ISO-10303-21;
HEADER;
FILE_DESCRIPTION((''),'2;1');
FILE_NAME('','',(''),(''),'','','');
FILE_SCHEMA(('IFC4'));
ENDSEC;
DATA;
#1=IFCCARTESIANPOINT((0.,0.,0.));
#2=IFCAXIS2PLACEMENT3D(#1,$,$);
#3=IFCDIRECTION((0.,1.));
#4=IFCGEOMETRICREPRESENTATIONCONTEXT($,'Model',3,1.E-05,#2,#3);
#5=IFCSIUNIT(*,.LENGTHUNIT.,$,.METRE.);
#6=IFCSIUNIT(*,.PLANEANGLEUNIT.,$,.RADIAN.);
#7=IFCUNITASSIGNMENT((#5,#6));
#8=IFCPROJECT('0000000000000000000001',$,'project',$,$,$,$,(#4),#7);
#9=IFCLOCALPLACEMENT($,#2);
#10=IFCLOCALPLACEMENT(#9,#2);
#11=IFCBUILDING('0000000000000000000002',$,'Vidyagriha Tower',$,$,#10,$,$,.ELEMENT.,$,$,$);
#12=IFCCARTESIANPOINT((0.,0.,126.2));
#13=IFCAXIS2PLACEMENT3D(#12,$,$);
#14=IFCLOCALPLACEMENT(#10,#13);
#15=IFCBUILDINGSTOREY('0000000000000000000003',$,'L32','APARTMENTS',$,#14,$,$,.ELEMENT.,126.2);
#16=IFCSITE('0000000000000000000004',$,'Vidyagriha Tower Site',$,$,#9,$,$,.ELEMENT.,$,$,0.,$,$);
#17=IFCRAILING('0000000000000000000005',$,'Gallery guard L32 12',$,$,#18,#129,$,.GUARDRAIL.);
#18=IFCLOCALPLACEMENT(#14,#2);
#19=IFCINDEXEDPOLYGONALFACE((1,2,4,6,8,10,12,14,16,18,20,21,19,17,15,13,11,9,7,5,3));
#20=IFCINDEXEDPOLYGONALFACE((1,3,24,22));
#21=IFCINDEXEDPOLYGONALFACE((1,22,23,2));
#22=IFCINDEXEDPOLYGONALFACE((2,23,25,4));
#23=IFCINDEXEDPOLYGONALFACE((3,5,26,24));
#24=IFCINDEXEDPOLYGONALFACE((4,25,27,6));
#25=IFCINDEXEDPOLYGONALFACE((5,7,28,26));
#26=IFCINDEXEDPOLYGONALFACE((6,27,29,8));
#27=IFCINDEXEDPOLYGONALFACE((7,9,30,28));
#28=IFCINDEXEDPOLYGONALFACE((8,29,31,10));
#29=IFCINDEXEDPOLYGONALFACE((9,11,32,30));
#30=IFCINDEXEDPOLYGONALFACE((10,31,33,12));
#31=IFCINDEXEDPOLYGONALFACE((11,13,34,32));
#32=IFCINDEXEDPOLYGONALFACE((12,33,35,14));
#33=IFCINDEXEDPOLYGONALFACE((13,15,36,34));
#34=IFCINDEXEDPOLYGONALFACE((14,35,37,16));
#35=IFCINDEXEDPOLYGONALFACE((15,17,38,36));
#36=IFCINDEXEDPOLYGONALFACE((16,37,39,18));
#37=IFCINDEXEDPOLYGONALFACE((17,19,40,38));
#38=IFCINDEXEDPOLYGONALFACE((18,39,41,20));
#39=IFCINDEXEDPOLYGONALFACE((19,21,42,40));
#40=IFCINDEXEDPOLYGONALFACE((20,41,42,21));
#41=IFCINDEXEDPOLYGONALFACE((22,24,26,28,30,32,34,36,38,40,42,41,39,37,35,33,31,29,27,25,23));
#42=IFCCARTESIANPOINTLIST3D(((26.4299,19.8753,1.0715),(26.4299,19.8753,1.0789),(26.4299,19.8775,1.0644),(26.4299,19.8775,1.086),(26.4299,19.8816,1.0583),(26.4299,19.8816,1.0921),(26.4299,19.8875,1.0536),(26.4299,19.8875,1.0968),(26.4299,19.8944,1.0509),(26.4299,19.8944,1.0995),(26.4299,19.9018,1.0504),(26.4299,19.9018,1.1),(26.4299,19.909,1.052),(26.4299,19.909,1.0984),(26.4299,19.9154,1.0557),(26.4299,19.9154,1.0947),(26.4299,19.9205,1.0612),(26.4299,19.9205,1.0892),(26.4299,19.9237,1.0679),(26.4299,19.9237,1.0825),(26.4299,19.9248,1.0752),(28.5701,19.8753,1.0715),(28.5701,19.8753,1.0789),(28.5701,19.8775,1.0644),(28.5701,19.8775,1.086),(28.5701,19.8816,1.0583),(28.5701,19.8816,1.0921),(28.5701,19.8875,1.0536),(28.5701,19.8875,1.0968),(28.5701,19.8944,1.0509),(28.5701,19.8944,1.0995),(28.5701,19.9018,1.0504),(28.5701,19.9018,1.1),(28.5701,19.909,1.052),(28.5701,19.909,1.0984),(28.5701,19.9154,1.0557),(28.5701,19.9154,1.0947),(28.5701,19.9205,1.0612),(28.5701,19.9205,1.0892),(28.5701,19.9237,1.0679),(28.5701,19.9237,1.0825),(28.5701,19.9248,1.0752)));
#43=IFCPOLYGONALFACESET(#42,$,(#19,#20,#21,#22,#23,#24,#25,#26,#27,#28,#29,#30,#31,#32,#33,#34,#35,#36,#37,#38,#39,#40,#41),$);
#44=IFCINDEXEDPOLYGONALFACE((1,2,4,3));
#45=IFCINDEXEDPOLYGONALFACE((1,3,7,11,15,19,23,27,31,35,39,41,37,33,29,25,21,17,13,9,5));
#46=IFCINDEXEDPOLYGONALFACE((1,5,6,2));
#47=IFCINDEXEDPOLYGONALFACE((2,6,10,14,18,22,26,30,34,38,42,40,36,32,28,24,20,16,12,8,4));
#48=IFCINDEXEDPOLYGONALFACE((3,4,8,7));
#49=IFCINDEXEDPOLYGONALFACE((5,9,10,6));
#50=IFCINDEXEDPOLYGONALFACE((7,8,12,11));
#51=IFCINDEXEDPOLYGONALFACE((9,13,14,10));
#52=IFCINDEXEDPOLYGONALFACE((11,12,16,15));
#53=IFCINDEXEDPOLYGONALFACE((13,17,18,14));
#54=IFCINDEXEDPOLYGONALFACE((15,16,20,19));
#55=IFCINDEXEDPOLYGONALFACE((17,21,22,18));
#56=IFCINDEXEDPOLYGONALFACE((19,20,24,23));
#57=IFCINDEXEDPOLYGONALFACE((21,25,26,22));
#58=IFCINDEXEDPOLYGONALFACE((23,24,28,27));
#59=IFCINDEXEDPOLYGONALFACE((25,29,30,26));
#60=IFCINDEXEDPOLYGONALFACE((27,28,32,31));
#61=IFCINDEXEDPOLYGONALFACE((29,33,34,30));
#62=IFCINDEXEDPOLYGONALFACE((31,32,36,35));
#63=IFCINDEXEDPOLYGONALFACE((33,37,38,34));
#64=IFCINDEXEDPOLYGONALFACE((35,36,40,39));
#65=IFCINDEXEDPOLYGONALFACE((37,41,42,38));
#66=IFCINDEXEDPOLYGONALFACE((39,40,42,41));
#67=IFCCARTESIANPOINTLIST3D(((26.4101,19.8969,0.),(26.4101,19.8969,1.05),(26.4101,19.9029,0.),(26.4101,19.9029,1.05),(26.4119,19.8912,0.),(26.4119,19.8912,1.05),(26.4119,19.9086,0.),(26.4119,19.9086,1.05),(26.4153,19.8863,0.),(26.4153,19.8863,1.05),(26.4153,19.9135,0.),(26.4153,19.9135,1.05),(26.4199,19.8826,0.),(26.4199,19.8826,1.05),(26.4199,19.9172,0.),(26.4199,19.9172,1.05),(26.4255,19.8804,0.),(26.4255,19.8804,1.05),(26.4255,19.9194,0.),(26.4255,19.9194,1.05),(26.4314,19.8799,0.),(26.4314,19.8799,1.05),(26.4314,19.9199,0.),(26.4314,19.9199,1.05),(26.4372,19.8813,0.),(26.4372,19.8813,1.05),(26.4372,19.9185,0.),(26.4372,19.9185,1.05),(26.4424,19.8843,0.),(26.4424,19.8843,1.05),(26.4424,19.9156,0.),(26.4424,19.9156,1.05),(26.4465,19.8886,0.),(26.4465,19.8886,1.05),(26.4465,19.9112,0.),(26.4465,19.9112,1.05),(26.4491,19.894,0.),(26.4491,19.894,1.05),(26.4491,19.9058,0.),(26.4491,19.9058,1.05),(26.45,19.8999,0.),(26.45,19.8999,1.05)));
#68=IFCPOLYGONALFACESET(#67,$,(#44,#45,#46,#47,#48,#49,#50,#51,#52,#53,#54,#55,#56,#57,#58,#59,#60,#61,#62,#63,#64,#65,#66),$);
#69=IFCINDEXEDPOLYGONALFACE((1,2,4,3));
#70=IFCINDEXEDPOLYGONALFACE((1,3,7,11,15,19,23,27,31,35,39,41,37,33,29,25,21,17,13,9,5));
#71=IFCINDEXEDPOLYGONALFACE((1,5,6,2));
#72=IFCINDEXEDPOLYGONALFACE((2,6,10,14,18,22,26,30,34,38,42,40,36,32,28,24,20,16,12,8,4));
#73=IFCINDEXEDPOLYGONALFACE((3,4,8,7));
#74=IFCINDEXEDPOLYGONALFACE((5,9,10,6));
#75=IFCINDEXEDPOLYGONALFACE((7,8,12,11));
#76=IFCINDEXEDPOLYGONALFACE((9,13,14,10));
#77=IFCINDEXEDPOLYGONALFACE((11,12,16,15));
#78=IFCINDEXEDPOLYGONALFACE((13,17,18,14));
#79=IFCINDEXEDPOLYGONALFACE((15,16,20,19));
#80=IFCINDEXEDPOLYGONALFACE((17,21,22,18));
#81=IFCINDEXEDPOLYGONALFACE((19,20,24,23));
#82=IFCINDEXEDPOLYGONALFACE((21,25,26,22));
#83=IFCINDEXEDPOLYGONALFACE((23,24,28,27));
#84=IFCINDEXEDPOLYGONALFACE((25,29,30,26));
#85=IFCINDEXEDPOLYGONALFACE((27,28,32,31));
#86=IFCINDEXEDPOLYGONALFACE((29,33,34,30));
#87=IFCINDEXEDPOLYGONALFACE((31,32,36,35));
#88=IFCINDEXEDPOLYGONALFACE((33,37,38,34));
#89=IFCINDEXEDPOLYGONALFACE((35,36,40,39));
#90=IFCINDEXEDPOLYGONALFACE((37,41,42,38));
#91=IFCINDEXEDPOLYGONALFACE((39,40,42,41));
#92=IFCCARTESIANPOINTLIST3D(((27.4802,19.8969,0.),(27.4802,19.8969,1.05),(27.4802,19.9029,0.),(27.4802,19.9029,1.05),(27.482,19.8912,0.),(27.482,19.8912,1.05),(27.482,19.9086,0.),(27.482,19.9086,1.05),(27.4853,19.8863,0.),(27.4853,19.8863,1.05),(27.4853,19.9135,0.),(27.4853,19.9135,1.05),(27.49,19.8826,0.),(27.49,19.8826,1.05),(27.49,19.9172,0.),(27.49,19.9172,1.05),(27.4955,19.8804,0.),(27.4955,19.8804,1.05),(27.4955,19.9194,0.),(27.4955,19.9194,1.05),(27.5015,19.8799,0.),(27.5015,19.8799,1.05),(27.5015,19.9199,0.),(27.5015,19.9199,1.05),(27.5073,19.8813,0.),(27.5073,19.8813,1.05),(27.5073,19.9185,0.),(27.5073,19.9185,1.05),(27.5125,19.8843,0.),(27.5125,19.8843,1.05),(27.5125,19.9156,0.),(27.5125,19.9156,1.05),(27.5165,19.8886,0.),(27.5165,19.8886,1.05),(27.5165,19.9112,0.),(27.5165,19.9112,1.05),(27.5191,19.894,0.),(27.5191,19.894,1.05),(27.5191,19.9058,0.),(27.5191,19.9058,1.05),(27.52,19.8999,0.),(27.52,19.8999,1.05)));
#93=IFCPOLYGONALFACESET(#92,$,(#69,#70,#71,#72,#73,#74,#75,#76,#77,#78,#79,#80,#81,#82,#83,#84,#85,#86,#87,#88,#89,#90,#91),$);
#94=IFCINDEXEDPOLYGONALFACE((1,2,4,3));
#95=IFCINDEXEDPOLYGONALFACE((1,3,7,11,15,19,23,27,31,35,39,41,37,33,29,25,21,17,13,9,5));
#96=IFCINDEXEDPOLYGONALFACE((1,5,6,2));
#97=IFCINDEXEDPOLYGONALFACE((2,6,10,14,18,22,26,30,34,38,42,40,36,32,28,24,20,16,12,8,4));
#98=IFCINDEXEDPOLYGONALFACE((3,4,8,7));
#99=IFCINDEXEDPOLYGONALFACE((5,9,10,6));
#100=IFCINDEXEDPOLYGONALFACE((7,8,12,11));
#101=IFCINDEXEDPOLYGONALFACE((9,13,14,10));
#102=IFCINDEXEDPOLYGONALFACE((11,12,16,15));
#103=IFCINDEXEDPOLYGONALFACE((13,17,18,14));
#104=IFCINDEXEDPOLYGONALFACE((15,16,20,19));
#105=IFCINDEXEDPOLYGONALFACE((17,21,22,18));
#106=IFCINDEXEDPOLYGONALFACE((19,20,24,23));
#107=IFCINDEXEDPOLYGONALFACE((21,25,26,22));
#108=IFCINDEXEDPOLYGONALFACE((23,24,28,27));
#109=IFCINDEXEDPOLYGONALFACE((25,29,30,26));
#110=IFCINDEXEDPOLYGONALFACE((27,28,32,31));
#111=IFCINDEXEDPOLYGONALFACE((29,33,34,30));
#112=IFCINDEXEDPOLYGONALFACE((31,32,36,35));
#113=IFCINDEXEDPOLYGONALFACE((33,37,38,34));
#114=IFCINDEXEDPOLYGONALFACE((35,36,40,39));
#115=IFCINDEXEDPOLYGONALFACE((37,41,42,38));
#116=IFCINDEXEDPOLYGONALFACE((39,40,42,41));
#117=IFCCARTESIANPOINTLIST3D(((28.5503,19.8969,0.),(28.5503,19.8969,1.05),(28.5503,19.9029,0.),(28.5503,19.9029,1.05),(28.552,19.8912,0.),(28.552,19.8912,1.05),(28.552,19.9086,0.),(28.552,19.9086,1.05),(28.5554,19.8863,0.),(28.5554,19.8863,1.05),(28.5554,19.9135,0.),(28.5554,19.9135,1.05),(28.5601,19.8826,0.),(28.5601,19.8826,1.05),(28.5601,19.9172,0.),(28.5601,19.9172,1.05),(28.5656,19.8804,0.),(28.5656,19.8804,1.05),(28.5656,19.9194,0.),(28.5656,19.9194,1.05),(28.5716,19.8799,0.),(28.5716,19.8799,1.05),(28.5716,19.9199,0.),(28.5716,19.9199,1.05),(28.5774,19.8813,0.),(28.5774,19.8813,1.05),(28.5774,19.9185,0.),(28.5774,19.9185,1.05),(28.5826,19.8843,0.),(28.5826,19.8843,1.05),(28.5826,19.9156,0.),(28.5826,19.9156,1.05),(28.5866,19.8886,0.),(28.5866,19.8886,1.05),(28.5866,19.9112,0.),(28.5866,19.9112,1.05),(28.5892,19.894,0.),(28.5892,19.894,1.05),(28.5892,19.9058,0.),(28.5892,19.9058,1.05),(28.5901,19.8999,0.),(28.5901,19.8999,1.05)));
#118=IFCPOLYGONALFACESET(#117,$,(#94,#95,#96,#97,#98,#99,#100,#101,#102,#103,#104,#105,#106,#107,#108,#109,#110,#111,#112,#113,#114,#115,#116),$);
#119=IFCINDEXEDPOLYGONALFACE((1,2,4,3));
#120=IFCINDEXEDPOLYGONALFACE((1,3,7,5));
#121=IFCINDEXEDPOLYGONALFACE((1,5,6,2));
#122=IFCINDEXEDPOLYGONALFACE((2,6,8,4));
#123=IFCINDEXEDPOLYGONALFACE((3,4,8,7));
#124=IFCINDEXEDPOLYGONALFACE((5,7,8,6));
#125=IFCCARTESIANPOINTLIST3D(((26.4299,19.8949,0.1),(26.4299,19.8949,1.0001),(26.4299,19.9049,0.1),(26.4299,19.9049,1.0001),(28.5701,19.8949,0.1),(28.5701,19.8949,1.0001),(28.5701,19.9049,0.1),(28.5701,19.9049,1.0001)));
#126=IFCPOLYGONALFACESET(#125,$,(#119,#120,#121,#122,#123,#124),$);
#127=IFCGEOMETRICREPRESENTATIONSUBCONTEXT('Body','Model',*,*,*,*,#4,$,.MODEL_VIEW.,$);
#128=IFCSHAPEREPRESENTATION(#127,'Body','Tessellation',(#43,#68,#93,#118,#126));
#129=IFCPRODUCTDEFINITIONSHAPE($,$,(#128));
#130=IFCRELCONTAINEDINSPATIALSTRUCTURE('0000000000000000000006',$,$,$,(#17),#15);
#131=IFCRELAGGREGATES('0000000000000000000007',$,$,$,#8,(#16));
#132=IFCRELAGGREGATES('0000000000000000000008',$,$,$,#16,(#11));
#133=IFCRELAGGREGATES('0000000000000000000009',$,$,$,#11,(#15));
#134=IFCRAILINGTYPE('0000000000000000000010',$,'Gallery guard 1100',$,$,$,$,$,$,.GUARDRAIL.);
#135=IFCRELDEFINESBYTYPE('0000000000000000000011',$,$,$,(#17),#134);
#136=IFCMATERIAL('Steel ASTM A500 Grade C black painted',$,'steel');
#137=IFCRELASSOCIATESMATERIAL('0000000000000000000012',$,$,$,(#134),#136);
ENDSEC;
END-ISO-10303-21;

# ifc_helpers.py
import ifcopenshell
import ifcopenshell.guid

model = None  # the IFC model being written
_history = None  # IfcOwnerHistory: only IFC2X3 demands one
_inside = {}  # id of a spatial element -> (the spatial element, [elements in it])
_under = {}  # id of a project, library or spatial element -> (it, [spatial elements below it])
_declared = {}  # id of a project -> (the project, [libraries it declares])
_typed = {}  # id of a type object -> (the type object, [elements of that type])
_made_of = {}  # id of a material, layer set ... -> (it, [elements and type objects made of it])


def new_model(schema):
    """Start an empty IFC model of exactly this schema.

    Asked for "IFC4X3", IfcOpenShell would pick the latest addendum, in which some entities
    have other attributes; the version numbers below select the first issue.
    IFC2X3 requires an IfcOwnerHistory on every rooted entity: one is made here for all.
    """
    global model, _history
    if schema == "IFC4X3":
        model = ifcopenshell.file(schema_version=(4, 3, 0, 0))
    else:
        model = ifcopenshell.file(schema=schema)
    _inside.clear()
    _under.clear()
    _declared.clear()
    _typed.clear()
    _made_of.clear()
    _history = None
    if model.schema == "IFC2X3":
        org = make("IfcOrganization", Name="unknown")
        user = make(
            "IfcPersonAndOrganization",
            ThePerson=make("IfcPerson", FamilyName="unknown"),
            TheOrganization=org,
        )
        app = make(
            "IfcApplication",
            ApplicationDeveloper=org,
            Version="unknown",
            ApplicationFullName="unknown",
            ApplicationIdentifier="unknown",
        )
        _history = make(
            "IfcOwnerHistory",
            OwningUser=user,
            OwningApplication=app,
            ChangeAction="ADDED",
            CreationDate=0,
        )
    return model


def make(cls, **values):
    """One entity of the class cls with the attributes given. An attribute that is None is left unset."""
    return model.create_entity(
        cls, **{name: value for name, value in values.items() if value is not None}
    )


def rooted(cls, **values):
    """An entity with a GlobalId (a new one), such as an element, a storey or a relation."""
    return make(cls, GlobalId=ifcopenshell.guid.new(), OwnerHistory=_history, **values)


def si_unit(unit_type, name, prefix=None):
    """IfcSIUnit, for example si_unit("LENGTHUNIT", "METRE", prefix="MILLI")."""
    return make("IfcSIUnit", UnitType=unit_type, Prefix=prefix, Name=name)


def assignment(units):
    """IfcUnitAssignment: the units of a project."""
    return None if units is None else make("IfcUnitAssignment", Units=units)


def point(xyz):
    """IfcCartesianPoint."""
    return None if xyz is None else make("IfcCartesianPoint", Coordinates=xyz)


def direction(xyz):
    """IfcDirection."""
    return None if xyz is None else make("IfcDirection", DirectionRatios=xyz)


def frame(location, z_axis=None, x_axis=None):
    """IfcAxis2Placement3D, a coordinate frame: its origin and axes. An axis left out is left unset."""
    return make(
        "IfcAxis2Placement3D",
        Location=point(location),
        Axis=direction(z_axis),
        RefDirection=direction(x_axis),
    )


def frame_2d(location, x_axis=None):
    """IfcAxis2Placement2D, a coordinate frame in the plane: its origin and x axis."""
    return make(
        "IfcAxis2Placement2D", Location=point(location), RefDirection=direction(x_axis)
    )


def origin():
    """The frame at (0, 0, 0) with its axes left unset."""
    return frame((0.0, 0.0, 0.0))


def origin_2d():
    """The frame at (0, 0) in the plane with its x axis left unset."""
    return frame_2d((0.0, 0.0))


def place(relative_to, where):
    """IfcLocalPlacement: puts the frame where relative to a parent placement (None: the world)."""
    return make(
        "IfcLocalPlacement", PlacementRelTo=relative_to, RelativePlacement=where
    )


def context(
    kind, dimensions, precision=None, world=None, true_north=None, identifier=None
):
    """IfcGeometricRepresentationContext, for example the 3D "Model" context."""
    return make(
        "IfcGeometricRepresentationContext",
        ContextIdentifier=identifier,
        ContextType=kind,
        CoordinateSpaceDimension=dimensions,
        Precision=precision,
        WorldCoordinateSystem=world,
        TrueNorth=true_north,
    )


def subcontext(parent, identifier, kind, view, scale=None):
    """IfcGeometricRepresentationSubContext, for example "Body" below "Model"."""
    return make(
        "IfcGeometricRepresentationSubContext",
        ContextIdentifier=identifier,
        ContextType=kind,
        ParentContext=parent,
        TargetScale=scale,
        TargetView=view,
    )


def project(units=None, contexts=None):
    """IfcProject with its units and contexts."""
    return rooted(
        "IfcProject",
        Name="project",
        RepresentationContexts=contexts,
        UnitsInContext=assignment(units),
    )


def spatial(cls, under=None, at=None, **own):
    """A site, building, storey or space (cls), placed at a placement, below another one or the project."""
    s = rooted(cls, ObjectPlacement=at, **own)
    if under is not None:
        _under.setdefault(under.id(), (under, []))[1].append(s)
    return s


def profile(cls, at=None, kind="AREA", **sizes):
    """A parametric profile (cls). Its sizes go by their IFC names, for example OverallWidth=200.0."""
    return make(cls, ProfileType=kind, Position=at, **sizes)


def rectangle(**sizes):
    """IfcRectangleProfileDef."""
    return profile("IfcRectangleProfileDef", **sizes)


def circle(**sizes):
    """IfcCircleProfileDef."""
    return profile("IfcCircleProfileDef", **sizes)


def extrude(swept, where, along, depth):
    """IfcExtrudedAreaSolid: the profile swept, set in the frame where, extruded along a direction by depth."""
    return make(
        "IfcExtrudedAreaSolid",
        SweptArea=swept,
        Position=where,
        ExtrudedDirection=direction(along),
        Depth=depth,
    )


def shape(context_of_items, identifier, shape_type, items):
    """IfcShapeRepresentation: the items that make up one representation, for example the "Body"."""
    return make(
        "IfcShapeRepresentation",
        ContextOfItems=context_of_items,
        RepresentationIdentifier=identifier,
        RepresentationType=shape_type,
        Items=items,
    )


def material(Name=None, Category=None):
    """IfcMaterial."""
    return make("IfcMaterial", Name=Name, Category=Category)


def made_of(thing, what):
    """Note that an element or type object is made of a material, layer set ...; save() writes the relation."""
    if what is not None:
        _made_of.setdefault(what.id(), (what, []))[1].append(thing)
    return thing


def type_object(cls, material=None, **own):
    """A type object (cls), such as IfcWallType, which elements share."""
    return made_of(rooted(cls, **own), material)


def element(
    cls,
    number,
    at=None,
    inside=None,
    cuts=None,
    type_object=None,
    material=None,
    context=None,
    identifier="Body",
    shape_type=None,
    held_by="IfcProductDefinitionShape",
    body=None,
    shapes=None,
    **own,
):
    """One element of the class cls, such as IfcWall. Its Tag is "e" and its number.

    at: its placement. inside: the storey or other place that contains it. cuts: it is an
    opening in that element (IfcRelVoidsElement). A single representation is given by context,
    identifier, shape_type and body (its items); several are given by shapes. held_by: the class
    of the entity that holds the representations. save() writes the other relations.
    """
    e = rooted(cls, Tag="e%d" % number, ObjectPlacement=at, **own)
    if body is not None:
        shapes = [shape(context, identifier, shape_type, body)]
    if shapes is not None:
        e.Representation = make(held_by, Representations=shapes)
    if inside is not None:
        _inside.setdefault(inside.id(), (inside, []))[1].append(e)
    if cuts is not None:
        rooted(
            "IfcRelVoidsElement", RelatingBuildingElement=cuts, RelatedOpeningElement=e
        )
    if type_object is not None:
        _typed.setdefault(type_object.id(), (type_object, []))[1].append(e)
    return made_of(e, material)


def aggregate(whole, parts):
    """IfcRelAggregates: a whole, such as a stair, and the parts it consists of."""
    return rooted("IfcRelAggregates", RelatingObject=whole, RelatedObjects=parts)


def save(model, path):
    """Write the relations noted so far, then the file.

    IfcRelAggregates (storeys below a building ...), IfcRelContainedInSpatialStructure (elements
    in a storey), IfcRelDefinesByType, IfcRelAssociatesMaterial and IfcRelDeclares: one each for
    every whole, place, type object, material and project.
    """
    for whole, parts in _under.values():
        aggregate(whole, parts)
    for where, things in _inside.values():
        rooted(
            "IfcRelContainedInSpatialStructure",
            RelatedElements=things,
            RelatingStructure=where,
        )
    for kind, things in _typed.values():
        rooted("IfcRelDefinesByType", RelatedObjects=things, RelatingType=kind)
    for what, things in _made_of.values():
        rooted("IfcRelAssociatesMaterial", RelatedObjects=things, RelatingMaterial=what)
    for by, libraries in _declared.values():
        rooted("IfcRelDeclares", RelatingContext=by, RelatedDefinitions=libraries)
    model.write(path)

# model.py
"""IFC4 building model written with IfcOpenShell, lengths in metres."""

from ifc_helpers import new_model, si_unit, direction, frame, origin, origin_2d, place, context, subcontext, project, spatial, rectangle, circle, extrude, material, type_object, element, save


model = new_model("IFC4")

# Units and contexts
model_context = context("Model", 3, precision=1e-05, world=origin(), true_north=direction((0.0, 1.0)))
body_context = subcontext(model_context, "Body", "Model", "MODEL_VIEW")
ifc_project = project(units=[si_unit("LENGTHUNIT", "METRE"), si_unit("PLANEANGLEUNIT", "RADIAN")], contexts=[model_context])

# Site, building, storey
site_placement = place(None, origin())
site = spatial("IfcSite", under=ifc_project, at=site_placement, Name="Vidyagriha Tower Site", CompositionType="ELEMENT", RefElevation=0.0)
building_placement = place(site_placement, origin())
building = spatial("IfcBuilding", under=site, at=building_placement, Name="Vidyagriha Tower", CompositionType="ELEMENT")
storey_placement = place(building_placement, frame((0.0, 0.0, 126.2)))
storey = spatial("IfcBuildingStorey", under=building, at=storey_placement, Name="L32", Description="APARTMENTS", CompositionType="ELEMENT", Elevation=126.2)

# Railing
ifc_material_1 = material(Name="Steel ASTM A500 Grade C black painted", Category="steel")
railing_type = type_object("IfcRailingType", Name="Gallery guard 1100", PredefinedType="GUARDRAIL", material=ifc_material_1)
railing_1_placement = place(storey_placement, frame((26.4299, 19.8999, 0.0)))
element("IfcRailing", 1, at=railing_1_placement, inside=storey, type_object=railing_type, Name="Gallery guard L32 12", PredefinedType="GUARDRAIL", context=body_context, shape_type="SweptSolid", body=[
    extrude(circle(Radius=0.0249, at=origin_2d()), frame((0.0, 0.0, 1.0752), z_axis=(1.0, 0.0, 0.0), x_axis=(0.0, 1.0, 0.0)), (0.0, 0.0, 1.0), 2.1401),
    extrude(circle(Radius=0.02, at=origin_2d()), origin(), (0.0, 0.0, 1.0), 1.05),
    extrude(circle(Radius=0.02, at=origin_2d()), frame((1.0701, 0.0, 0.0)), (0.0, 0.0, 1.0), 1.05),
    extrude(circle(Radius=0.02, at=origin_2d()), frame((2.1401, 0.0, 0.0)), (0.0, 0.0, 1.0), 1.05),
    extrude(rectangle(XDim=0.01, YDim=0.9001, at=origin_2d()), frame((0.0, 0.0, 0.55), z_axis=(1.0, 0.0, 0.0), x_axis=(0.0, 1.0, 0.0)), (0.0, 0.0, 1.0), 2.1401),
])

save(model, "model.ifc")
